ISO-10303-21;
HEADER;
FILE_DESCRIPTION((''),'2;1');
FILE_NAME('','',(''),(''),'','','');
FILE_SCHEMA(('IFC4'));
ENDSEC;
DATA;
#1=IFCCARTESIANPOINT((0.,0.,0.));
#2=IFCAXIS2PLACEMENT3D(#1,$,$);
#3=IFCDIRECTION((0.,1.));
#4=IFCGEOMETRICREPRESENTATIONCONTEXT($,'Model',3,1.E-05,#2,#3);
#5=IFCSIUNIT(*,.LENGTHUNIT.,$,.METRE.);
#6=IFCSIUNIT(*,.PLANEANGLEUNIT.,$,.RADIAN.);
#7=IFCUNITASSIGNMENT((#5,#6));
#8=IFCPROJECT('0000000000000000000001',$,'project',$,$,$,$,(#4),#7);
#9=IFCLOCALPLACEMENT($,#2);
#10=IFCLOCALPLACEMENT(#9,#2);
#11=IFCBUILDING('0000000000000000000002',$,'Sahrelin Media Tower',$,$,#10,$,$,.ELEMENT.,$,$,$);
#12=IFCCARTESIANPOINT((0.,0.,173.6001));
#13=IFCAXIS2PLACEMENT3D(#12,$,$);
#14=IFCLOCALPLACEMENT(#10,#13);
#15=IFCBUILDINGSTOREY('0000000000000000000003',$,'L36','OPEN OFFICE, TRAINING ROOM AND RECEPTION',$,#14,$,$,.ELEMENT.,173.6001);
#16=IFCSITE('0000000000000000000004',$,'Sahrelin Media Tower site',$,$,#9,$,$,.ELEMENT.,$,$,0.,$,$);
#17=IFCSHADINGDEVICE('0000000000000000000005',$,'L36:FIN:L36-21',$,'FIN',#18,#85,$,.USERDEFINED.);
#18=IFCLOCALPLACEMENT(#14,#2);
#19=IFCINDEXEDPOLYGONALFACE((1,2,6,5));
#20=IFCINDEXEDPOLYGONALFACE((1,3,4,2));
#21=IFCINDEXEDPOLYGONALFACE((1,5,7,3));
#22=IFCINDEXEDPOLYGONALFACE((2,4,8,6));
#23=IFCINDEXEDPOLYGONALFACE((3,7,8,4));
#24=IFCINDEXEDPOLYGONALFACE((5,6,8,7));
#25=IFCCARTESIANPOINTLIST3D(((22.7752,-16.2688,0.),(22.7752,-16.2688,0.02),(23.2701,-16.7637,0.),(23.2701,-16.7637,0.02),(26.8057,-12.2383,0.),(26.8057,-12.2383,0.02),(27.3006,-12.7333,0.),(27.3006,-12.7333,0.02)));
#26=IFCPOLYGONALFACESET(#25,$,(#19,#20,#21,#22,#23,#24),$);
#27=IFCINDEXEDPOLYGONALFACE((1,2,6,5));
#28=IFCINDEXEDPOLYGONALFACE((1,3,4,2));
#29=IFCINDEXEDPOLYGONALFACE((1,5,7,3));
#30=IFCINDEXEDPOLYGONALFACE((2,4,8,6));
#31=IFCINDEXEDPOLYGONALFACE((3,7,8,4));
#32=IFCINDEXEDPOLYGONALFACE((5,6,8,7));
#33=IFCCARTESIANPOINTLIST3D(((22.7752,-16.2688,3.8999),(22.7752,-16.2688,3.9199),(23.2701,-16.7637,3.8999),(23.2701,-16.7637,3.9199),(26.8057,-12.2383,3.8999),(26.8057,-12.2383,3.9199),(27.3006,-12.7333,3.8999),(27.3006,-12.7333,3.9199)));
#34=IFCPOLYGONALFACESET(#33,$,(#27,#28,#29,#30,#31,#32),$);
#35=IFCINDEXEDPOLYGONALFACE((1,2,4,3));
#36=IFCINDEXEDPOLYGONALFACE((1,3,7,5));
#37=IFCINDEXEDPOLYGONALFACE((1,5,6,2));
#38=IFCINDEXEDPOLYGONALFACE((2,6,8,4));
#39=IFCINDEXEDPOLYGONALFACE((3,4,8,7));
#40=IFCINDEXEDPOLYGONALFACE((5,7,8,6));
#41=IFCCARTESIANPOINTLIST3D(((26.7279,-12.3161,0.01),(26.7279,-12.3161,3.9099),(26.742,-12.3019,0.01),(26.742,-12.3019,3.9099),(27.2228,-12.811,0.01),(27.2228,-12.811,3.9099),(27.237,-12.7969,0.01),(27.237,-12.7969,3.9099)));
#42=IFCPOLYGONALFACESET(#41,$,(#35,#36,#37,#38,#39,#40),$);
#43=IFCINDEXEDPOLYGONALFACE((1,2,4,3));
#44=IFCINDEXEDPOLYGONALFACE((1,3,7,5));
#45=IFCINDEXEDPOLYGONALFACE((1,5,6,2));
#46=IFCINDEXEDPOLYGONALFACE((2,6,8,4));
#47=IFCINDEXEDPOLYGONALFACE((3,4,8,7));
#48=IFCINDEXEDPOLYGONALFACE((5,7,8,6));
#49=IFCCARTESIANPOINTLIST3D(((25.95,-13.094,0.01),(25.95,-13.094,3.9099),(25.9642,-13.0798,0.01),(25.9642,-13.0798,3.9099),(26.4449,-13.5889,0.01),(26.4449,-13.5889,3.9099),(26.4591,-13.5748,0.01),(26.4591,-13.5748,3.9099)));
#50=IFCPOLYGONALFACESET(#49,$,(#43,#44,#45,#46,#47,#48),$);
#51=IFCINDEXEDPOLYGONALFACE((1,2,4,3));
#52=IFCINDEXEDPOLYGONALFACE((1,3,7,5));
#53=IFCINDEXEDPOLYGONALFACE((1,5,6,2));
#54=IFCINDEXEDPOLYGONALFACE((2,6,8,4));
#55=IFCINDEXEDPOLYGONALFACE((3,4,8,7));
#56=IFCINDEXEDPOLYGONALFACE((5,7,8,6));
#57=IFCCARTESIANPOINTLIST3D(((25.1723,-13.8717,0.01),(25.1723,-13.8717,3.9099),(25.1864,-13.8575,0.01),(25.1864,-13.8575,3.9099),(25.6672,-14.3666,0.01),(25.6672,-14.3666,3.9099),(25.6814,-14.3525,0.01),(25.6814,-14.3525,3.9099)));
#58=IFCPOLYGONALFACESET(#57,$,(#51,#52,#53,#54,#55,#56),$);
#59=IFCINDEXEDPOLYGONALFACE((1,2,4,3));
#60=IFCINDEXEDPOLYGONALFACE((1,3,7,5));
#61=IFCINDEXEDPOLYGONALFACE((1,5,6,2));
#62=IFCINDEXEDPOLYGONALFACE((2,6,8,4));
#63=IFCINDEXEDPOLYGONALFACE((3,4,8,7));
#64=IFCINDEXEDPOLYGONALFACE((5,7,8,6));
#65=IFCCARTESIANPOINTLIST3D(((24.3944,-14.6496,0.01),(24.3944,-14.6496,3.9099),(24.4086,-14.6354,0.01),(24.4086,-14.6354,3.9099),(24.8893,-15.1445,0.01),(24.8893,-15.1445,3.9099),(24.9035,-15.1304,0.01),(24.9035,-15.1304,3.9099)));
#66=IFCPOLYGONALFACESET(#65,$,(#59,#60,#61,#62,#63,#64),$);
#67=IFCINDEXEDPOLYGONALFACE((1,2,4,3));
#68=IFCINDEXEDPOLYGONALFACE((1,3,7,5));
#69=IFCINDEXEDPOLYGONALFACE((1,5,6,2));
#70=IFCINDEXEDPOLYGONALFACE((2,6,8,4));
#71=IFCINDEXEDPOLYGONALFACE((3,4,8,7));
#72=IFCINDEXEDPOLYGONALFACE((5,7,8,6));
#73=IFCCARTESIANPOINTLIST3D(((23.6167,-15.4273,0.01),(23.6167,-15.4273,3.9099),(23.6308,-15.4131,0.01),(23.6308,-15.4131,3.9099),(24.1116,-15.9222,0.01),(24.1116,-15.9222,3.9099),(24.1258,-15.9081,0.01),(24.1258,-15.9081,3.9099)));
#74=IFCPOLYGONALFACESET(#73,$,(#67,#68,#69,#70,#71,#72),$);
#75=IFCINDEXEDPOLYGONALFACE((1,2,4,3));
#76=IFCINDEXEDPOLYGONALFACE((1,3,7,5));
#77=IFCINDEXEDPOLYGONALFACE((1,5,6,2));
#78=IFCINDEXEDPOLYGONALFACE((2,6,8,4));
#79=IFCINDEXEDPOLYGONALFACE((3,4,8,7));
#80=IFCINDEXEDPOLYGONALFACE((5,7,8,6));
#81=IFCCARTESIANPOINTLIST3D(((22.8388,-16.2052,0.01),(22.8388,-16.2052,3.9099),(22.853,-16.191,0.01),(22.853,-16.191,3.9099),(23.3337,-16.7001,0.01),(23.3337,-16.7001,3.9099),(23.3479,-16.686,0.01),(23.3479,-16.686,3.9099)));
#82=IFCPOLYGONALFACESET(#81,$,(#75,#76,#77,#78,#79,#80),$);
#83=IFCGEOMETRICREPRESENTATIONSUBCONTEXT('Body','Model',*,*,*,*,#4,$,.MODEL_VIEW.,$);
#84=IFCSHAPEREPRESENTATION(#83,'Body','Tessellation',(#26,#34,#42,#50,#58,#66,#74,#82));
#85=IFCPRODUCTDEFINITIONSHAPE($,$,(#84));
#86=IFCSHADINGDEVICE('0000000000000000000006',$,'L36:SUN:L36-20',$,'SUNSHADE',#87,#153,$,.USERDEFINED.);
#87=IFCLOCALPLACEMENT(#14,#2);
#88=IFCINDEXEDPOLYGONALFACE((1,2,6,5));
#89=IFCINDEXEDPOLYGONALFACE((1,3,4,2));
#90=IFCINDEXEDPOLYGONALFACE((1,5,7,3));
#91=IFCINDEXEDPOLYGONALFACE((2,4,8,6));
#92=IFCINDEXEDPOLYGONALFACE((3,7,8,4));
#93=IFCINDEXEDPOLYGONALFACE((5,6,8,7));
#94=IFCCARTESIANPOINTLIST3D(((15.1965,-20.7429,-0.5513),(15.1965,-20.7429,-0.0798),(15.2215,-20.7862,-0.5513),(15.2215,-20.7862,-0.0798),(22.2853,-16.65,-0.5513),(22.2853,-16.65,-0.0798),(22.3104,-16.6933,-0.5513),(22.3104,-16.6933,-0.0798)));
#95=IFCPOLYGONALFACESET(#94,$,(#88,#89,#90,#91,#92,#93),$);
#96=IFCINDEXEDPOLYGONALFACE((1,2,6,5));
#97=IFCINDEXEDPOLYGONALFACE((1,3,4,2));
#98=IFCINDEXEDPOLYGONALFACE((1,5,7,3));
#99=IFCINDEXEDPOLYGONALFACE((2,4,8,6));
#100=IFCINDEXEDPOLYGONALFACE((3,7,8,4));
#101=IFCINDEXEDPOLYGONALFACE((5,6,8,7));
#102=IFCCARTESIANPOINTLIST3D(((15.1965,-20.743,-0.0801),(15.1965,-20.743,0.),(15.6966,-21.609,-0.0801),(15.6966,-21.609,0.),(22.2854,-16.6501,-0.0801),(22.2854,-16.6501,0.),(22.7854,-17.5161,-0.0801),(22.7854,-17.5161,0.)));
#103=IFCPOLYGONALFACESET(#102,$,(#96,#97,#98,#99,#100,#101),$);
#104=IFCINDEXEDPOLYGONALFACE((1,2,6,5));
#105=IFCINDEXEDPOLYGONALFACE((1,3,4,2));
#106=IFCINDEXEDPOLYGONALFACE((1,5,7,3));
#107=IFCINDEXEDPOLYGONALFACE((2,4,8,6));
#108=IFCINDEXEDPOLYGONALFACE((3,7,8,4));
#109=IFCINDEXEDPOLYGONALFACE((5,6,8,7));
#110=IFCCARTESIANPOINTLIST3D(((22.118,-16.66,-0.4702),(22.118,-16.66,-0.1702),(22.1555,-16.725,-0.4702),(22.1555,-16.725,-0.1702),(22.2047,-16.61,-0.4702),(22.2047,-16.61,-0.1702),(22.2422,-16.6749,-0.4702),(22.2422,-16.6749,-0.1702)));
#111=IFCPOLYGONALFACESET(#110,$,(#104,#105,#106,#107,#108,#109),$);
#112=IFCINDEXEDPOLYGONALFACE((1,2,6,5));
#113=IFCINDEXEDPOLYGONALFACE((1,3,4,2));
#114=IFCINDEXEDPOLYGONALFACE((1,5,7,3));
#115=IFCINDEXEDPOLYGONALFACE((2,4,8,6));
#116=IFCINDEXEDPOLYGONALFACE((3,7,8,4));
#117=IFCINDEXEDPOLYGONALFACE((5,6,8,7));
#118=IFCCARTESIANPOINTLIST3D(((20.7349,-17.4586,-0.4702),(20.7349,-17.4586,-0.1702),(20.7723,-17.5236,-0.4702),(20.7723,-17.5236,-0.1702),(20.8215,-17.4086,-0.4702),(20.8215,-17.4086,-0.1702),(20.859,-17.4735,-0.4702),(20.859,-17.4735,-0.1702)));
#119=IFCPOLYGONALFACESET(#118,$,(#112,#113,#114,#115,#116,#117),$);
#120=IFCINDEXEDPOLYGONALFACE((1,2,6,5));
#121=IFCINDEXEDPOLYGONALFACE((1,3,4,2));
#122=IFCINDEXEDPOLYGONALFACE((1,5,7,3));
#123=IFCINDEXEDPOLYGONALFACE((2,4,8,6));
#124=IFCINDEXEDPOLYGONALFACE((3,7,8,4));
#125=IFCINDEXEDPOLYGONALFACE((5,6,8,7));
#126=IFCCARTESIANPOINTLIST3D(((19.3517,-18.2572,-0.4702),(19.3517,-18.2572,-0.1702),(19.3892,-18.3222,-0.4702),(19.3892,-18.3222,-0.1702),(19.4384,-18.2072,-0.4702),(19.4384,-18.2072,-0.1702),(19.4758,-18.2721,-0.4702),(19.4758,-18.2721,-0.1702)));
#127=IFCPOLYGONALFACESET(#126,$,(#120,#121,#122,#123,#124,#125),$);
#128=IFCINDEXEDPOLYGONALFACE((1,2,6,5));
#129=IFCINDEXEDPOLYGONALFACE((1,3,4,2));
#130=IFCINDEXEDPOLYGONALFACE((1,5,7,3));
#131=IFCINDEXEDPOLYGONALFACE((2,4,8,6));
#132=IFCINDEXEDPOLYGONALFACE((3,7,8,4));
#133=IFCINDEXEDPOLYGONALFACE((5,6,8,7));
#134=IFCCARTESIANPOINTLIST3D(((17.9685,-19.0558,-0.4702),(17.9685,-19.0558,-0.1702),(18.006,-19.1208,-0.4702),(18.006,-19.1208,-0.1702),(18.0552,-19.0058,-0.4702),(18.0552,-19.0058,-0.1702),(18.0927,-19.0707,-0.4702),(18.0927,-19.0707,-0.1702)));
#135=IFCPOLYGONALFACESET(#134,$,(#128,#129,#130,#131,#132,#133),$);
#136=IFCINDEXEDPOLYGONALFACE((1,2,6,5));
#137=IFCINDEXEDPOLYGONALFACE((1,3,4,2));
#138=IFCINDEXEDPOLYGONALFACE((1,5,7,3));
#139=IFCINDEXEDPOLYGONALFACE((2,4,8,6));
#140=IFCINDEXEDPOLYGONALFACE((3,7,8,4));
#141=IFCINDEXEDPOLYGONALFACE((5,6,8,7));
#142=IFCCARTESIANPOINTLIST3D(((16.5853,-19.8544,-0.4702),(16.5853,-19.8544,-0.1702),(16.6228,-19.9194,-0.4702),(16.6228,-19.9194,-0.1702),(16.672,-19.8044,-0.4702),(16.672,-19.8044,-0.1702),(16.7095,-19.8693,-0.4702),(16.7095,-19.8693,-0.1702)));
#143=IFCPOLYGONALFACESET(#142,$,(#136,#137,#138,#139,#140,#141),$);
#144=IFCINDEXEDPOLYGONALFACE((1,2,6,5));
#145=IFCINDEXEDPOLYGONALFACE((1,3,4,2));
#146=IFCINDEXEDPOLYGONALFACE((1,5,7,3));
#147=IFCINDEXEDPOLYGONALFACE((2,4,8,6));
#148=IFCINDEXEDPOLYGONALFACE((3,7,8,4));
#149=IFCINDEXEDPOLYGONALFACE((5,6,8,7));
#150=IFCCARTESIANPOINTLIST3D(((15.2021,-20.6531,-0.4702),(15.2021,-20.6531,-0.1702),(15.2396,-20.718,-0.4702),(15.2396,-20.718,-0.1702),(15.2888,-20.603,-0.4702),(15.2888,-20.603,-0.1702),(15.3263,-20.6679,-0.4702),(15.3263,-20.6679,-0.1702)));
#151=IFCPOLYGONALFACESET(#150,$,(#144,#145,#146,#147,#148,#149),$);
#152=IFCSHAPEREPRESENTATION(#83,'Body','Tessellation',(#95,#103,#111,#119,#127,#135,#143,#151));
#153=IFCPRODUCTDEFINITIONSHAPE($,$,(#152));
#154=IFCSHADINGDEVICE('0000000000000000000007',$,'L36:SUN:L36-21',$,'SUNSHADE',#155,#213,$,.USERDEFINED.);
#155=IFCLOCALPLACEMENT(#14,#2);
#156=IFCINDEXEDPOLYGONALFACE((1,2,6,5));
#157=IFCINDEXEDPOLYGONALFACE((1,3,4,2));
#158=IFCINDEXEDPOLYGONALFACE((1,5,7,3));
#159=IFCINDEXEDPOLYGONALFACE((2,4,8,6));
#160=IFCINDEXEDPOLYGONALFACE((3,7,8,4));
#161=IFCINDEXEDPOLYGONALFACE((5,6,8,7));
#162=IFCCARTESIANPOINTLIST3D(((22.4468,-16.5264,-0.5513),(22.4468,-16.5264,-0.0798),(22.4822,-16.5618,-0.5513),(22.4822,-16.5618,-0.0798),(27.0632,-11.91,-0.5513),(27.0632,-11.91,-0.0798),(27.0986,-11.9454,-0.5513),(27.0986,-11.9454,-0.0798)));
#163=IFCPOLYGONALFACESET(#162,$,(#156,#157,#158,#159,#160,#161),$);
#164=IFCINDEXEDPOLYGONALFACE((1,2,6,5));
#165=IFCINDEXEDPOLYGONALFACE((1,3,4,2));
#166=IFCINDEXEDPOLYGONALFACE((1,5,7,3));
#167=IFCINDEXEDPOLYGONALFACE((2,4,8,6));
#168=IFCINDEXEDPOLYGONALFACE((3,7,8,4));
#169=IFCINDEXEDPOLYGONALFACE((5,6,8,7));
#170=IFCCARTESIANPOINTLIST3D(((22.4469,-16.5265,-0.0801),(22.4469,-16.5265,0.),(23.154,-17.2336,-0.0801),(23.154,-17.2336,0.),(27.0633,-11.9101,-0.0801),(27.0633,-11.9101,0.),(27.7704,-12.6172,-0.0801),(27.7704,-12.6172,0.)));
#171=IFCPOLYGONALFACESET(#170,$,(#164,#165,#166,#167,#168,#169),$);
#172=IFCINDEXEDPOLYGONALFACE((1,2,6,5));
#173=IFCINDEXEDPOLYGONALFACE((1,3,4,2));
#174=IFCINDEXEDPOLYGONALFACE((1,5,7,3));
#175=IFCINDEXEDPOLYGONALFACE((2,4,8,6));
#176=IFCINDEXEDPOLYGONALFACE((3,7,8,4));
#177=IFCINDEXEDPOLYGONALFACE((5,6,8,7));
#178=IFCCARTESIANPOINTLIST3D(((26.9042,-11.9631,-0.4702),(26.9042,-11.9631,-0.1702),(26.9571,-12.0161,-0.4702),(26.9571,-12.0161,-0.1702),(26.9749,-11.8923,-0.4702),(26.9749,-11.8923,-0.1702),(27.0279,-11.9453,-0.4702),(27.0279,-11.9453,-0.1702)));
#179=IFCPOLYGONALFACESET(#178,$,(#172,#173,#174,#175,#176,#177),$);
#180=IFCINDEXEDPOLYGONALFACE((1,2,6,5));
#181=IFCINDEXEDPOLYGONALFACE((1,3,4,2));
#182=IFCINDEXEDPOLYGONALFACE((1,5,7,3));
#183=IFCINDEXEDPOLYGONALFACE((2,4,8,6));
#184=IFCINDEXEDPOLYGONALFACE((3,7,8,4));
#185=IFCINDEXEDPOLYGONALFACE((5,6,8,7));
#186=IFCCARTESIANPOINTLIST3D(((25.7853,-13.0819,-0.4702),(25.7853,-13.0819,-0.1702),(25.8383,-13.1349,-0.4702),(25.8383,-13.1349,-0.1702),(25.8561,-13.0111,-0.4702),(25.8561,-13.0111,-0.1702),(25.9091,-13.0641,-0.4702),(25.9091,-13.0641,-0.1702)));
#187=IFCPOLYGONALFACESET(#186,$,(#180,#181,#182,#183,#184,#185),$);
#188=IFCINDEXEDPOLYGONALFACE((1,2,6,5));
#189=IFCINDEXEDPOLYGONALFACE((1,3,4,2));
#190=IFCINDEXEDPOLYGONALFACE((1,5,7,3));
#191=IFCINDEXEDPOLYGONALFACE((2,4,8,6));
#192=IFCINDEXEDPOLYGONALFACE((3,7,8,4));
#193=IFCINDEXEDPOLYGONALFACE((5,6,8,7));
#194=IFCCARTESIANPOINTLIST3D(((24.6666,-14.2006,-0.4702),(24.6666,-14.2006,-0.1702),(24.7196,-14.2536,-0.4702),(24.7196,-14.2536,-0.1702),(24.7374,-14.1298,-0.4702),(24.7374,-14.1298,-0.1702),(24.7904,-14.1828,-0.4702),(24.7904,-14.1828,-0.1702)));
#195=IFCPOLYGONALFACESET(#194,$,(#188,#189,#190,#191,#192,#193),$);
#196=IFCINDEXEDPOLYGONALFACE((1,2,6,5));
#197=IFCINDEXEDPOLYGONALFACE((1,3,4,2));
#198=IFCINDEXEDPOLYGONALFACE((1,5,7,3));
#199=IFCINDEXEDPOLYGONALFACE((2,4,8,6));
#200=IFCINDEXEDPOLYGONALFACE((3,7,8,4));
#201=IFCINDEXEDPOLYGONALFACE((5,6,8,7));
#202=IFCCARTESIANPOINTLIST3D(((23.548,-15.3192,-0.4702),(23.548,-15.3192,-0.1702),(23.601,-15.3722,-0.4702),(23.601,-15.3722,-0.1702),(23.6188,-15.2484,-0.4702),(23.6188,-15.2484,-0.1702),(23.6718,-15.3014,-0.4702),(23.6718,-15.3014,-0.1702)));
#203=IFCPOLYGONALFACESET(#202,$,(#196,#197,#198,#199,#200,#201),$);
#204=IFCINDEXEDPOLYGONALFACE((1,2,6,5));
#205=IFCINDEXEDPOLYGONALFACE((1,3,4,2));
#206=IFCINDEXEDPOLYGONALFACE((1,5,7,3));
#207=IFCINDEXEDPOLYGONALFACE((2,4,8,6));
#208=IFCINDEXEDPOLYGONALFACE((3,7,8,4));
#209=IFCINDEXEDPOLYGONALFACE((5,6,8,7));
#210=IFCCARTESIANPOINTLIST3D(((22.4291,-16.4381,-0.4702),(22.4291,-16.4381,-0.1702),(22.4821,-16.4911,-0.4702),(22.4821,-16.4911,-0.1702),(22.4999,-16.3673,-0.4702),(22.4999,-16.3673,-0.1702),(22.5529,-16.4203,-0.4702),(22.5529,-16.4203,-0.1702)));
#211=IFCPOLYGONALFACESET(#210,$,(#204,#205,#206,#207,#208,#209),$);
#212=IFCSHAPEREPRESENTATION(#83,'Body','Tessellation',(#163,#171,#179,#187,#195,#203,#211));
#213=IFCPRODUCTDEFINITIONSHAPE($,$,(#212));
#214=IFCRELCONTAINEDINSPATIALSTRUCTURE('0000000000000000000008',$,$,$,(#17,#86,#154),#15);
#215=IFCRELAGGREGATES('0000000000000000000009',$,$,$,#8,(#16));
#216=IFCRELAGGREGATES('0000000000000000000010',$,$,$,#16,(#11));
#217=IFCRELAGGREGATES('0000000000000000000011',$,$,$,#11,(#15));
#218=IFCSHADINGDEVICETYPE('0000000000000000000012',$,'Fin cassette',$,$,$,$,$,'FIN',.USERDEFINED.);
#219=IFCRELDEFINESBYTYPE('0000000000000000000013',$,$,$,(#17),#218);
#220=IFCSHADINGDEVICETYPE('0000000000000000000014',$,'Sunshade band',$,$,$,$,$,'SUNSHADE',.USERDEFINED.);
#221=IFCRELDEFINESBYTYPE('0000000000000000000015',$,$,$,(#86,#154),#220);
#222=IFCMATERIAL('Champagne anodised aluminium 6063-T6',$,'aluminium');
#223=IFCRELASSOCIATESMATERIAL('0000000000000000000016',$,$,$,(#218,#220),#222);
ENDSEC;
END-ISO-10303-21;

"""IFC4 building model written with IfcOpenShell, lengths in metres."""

from ifc_helpers import new_model, si_unit, direction, frame, origin, origin_2d, place, context, subcontext, project, spatial, rectangle, extrude, material, type_object, element, save


model = new_model("IFC4")

# Units and contexts
model_context = context("Model", 3, precision=1e-05, world=origin(), true_north=direction((0.0, 1.0)))
body_context = subcontext(model_context, "Body", "Model", "MODEL_VIEW")
ifc_project = project(units=[si_unit("LENGTHUNIT", "METRE"), si_unit("PLANEANGLEUNIT", "RADIAN")], contexts=[model_context])

# Site, building, storey
site_placement = place(None, origin())
site = spatial("IfcSite", under=ifc_project, at=site_placement, Name="Sahrelin Media Tower site", CompositionType="ELEMENT", RefElevation=0.0)
building_placement = place(site_placement, origin())
building = spatial("IfcBuilding", under=site, at=building_placement, Name="Sahrelin Media Tower", CompositionType="ELEMENT")
storey_placement = place(building_placement, frame((0.0, 0.0, 173.6001)))
storey = spatial("IfcBuildingStorey", under=building, at=storey_placement, Name="L36", Description="OPEN OFFICE, TRAINING ROOM AND RECEPTION", CompositionType="ELEMENT", Elevation=173.6001)

# Shared definitions
ifc_material_1 = material(Name="Champagne anodised aluminium 6063-T6", Category="aluminium")

# Shading devices
shading_device_type_1 = type_object("IfcShadingDeviceType", Name="Fin cassette", ElementType="FIN", PredefinedType="USERDEFINED", material=ifc_material_1)
placement_1 = place(storey_placement, frame((18.731, -18.6792, 0.0), z_axis=(0.0, 0.0, 1.0), x_axis=(-0.866019, -0.500011, 0.0)))
placement_2 = place(storey_placement, frame((24.741, -14.2041, 0.0), z_axis=(0.0, 0.0, 1.0), x_axis=(-0.707107, -0.707107, 0.0)))
element("IfcShadingDevice", 1, at=placement_2, inside=storey, type_object=shading_device_type_1, Name="L36:FIN:L36-21", ObjectType="FIN", PredefinedType="USERDEFINED", context=body_context, shape_type="SweptSolid", body=[
    extrude(rectangle(XDim=5.7, YDim=0.7, at=origin_2d()), frame((0.0, 0.4199, 0.0)), (0.0, 0.0, 1.0), 0.02),
    extrude(rectangle(XDim=5.7, YDim=0.7, at=origin_2d()), frame((0.0, 0.4199, 3.8999)), (0.0, 0.0, 1.0), 0.02),
    extrude(rectangle(XDim=0.02, YDim=0.7, at=origin_2d()), frame((-2.75, 0.4199, 0.01), z_axis=(0.0, 0.0, 1.0), x_axis=(1.0, 0.0, 0.0)), (0.0, 0.0, 1.0), 3.8999),
    extrude(rectangle(XDim=0.02, YDim=0.7, at=origin_2d()), frame((-1.6499, 0.4199, 0.01), z_axis=(0.0, 0.0, 1.0), x_axis=(1.0, 0.0, 0.0)), (0.0, 0.0, 1.0), 3.8999),
    extrude(rectangle(XDim=0.02, YDim=0.7, at=origin_2d()), frame((-0.55, 0.4199, 0.01), z_axis=(0.0, 0.0, 1.0), x_axis=(1.0, 0.0, 0.0)), (0.0, 0.0, 1.0), 3.8999),
    extrude(rectangle(XDim=0.02, YDim=0.7, at=origin_2d()), frame((0.55, 0.4199, 0.01), z_axis=(0.0, 0.0, 1.0), x_axis=(1.0, 0.0, 0.0)), (0.0, 0.0, 1.0), 3.8999),
    extrude(rectangle(XDim=0.02, YDim=0.7, at=origin_2d()), frame((1.6499, 0.4199, 0.01), z_axis=(0.0, 0.0, 1.0), x_axis=(1.0, 0.0, 0.0)), (0.0, 0.0, 1.0), 3.8999),
    extrude(rectangle(XDim=0.02, YDim=0.7, at=origin_2d()), frame((2.75, 0.4199, 0.01), z_axis=(0.0, 0.0, 1.0), x_axis=(1.0, 0.0, 0.0)), (0.0, 0.0, 1.0), 3.8999),
])
shading_device_type_2 = type_object("IfcShadingDeviceType", Name="Sunshade band", ElementType="SUNSHADE", PredefinedType="USERDEFINED", material=ifc_material_1)
element("IfcShadingDevice", 2, at=placement_1, inside=storey, type_object=shading_device_type_2, Name="L36:SUN:L36-20", ObjectType="SUNSHADE", PredefinedType="USERDEFINED", context=body_context, shape_type="SweptSolid", body=[
    extrude(rectangle(XDim=8.1855, YDim=0.05, at=origin_2d()), frame((0.0, 0.0449, -0.5513)), (0.0, 0.0, 1.0), 0.4714),
    extrude(rectangle(XDim=8.1855, YDim=1.0, at=origin_2d()), frame((0.0, 0.52, -0.0801)), (0.0, 0.0, 1.0), 0.0801),
    extrude(rectangle(XDim=0.1001, YDim=0.075, at=origin_2d()), frame((-3.9929, -0.0176, -0.4702)), (0.0, 0.0, 1.0), 0.3),
    extrude(rectangle(XDim=0.1001, YDim=0.075, at=origin_2d()), frame((-2.3958, -0.0176, -0.4702)), (0.0, 0.0, 1.0), 0.3),
    extrude(rectangle(XDim=0.1001, YDim=0.075, at=origin_2d()), frame((-0.7986, -0.0176, -0.4702)), (0.0, 0.0, 1.0), 0.3),
    extrude(rectangle(XDim=0.1001, YDim=0.075, at=origin_2d()), frame((0.7986, -0.0176, -0.4702)), (0.0, 0.0, 1.0), 0.3),
    extrude(rectangle(XDim=0.1001, YDim=0.075, at=origin_2d()), frame((2.3958, -0.0176, -0.4702)), (0.0, 0.0, 1.0), 0.3),
    extrude(rectangle(XDim=0.1001, YDim=0.075, at=origin_2d()), frame((3.9929, -0.0176, -0.4702)), (0.0, 0.0, 1.0), 0.3),
])
element("IfcShadingDevice", 3, at=placement_2, inside=storey, type_object=shading_device_type_2, Name="L36:SUN:L36-21", ObjectType="SUNSHADE", PredefinedType="USERDEFINED", context=body_context, shape_type="SweptSolid", body=[
    extrude(rectangle(XDim=6.5286, YDim=0.05, at=origin_2d()), frame((0.0, 0.0449, -0.5513)), (0.0, 0.0, 1.0), 0.4714),
    extrude(rectangle(XDim=6.5286, YDim=1.0, at=origin_2d()), frame((0.0, 0.52, -0.0801)), (0.0, 0.0, 1.0), 0.0801),
    extrude(rectangle(XDim=0.1001, YDim=0.075, at=origin_2d()), frame((-3.1643, -0.0176, -0.4702)), (0.0, 0.0, 1.0), 0.3),
    extrude(rectangle(XDim=0.1001, YDim=0.075, at=origin_2d()), frame((-1.582, -0.0176, -0.4702)), (0.0, 0.0, 1.0), 0.3),
    extrude(rectangle(XDim=0.1001, YDim=0.075, at=origin_2d()), frame((0.0, -0.0176, -0.4702)), (0.0, 0.0, 1.0), 0.3),
    extrude(rectangle(XDim=0.1001, YDim=0.075, at=origin_2d()), frame((1.582, -0.0176, -0.4702)), (0.0, 0.0, 1.0), 0.3),
    extrude(rectangle(XDim=0.1001, YDim=0.075, at=origin_2d()), frame((3.1643, -0.0176, -0.4702)), (0.0, 0.0, 1.0), 0.3),
])

save(model, "model.ifc")
